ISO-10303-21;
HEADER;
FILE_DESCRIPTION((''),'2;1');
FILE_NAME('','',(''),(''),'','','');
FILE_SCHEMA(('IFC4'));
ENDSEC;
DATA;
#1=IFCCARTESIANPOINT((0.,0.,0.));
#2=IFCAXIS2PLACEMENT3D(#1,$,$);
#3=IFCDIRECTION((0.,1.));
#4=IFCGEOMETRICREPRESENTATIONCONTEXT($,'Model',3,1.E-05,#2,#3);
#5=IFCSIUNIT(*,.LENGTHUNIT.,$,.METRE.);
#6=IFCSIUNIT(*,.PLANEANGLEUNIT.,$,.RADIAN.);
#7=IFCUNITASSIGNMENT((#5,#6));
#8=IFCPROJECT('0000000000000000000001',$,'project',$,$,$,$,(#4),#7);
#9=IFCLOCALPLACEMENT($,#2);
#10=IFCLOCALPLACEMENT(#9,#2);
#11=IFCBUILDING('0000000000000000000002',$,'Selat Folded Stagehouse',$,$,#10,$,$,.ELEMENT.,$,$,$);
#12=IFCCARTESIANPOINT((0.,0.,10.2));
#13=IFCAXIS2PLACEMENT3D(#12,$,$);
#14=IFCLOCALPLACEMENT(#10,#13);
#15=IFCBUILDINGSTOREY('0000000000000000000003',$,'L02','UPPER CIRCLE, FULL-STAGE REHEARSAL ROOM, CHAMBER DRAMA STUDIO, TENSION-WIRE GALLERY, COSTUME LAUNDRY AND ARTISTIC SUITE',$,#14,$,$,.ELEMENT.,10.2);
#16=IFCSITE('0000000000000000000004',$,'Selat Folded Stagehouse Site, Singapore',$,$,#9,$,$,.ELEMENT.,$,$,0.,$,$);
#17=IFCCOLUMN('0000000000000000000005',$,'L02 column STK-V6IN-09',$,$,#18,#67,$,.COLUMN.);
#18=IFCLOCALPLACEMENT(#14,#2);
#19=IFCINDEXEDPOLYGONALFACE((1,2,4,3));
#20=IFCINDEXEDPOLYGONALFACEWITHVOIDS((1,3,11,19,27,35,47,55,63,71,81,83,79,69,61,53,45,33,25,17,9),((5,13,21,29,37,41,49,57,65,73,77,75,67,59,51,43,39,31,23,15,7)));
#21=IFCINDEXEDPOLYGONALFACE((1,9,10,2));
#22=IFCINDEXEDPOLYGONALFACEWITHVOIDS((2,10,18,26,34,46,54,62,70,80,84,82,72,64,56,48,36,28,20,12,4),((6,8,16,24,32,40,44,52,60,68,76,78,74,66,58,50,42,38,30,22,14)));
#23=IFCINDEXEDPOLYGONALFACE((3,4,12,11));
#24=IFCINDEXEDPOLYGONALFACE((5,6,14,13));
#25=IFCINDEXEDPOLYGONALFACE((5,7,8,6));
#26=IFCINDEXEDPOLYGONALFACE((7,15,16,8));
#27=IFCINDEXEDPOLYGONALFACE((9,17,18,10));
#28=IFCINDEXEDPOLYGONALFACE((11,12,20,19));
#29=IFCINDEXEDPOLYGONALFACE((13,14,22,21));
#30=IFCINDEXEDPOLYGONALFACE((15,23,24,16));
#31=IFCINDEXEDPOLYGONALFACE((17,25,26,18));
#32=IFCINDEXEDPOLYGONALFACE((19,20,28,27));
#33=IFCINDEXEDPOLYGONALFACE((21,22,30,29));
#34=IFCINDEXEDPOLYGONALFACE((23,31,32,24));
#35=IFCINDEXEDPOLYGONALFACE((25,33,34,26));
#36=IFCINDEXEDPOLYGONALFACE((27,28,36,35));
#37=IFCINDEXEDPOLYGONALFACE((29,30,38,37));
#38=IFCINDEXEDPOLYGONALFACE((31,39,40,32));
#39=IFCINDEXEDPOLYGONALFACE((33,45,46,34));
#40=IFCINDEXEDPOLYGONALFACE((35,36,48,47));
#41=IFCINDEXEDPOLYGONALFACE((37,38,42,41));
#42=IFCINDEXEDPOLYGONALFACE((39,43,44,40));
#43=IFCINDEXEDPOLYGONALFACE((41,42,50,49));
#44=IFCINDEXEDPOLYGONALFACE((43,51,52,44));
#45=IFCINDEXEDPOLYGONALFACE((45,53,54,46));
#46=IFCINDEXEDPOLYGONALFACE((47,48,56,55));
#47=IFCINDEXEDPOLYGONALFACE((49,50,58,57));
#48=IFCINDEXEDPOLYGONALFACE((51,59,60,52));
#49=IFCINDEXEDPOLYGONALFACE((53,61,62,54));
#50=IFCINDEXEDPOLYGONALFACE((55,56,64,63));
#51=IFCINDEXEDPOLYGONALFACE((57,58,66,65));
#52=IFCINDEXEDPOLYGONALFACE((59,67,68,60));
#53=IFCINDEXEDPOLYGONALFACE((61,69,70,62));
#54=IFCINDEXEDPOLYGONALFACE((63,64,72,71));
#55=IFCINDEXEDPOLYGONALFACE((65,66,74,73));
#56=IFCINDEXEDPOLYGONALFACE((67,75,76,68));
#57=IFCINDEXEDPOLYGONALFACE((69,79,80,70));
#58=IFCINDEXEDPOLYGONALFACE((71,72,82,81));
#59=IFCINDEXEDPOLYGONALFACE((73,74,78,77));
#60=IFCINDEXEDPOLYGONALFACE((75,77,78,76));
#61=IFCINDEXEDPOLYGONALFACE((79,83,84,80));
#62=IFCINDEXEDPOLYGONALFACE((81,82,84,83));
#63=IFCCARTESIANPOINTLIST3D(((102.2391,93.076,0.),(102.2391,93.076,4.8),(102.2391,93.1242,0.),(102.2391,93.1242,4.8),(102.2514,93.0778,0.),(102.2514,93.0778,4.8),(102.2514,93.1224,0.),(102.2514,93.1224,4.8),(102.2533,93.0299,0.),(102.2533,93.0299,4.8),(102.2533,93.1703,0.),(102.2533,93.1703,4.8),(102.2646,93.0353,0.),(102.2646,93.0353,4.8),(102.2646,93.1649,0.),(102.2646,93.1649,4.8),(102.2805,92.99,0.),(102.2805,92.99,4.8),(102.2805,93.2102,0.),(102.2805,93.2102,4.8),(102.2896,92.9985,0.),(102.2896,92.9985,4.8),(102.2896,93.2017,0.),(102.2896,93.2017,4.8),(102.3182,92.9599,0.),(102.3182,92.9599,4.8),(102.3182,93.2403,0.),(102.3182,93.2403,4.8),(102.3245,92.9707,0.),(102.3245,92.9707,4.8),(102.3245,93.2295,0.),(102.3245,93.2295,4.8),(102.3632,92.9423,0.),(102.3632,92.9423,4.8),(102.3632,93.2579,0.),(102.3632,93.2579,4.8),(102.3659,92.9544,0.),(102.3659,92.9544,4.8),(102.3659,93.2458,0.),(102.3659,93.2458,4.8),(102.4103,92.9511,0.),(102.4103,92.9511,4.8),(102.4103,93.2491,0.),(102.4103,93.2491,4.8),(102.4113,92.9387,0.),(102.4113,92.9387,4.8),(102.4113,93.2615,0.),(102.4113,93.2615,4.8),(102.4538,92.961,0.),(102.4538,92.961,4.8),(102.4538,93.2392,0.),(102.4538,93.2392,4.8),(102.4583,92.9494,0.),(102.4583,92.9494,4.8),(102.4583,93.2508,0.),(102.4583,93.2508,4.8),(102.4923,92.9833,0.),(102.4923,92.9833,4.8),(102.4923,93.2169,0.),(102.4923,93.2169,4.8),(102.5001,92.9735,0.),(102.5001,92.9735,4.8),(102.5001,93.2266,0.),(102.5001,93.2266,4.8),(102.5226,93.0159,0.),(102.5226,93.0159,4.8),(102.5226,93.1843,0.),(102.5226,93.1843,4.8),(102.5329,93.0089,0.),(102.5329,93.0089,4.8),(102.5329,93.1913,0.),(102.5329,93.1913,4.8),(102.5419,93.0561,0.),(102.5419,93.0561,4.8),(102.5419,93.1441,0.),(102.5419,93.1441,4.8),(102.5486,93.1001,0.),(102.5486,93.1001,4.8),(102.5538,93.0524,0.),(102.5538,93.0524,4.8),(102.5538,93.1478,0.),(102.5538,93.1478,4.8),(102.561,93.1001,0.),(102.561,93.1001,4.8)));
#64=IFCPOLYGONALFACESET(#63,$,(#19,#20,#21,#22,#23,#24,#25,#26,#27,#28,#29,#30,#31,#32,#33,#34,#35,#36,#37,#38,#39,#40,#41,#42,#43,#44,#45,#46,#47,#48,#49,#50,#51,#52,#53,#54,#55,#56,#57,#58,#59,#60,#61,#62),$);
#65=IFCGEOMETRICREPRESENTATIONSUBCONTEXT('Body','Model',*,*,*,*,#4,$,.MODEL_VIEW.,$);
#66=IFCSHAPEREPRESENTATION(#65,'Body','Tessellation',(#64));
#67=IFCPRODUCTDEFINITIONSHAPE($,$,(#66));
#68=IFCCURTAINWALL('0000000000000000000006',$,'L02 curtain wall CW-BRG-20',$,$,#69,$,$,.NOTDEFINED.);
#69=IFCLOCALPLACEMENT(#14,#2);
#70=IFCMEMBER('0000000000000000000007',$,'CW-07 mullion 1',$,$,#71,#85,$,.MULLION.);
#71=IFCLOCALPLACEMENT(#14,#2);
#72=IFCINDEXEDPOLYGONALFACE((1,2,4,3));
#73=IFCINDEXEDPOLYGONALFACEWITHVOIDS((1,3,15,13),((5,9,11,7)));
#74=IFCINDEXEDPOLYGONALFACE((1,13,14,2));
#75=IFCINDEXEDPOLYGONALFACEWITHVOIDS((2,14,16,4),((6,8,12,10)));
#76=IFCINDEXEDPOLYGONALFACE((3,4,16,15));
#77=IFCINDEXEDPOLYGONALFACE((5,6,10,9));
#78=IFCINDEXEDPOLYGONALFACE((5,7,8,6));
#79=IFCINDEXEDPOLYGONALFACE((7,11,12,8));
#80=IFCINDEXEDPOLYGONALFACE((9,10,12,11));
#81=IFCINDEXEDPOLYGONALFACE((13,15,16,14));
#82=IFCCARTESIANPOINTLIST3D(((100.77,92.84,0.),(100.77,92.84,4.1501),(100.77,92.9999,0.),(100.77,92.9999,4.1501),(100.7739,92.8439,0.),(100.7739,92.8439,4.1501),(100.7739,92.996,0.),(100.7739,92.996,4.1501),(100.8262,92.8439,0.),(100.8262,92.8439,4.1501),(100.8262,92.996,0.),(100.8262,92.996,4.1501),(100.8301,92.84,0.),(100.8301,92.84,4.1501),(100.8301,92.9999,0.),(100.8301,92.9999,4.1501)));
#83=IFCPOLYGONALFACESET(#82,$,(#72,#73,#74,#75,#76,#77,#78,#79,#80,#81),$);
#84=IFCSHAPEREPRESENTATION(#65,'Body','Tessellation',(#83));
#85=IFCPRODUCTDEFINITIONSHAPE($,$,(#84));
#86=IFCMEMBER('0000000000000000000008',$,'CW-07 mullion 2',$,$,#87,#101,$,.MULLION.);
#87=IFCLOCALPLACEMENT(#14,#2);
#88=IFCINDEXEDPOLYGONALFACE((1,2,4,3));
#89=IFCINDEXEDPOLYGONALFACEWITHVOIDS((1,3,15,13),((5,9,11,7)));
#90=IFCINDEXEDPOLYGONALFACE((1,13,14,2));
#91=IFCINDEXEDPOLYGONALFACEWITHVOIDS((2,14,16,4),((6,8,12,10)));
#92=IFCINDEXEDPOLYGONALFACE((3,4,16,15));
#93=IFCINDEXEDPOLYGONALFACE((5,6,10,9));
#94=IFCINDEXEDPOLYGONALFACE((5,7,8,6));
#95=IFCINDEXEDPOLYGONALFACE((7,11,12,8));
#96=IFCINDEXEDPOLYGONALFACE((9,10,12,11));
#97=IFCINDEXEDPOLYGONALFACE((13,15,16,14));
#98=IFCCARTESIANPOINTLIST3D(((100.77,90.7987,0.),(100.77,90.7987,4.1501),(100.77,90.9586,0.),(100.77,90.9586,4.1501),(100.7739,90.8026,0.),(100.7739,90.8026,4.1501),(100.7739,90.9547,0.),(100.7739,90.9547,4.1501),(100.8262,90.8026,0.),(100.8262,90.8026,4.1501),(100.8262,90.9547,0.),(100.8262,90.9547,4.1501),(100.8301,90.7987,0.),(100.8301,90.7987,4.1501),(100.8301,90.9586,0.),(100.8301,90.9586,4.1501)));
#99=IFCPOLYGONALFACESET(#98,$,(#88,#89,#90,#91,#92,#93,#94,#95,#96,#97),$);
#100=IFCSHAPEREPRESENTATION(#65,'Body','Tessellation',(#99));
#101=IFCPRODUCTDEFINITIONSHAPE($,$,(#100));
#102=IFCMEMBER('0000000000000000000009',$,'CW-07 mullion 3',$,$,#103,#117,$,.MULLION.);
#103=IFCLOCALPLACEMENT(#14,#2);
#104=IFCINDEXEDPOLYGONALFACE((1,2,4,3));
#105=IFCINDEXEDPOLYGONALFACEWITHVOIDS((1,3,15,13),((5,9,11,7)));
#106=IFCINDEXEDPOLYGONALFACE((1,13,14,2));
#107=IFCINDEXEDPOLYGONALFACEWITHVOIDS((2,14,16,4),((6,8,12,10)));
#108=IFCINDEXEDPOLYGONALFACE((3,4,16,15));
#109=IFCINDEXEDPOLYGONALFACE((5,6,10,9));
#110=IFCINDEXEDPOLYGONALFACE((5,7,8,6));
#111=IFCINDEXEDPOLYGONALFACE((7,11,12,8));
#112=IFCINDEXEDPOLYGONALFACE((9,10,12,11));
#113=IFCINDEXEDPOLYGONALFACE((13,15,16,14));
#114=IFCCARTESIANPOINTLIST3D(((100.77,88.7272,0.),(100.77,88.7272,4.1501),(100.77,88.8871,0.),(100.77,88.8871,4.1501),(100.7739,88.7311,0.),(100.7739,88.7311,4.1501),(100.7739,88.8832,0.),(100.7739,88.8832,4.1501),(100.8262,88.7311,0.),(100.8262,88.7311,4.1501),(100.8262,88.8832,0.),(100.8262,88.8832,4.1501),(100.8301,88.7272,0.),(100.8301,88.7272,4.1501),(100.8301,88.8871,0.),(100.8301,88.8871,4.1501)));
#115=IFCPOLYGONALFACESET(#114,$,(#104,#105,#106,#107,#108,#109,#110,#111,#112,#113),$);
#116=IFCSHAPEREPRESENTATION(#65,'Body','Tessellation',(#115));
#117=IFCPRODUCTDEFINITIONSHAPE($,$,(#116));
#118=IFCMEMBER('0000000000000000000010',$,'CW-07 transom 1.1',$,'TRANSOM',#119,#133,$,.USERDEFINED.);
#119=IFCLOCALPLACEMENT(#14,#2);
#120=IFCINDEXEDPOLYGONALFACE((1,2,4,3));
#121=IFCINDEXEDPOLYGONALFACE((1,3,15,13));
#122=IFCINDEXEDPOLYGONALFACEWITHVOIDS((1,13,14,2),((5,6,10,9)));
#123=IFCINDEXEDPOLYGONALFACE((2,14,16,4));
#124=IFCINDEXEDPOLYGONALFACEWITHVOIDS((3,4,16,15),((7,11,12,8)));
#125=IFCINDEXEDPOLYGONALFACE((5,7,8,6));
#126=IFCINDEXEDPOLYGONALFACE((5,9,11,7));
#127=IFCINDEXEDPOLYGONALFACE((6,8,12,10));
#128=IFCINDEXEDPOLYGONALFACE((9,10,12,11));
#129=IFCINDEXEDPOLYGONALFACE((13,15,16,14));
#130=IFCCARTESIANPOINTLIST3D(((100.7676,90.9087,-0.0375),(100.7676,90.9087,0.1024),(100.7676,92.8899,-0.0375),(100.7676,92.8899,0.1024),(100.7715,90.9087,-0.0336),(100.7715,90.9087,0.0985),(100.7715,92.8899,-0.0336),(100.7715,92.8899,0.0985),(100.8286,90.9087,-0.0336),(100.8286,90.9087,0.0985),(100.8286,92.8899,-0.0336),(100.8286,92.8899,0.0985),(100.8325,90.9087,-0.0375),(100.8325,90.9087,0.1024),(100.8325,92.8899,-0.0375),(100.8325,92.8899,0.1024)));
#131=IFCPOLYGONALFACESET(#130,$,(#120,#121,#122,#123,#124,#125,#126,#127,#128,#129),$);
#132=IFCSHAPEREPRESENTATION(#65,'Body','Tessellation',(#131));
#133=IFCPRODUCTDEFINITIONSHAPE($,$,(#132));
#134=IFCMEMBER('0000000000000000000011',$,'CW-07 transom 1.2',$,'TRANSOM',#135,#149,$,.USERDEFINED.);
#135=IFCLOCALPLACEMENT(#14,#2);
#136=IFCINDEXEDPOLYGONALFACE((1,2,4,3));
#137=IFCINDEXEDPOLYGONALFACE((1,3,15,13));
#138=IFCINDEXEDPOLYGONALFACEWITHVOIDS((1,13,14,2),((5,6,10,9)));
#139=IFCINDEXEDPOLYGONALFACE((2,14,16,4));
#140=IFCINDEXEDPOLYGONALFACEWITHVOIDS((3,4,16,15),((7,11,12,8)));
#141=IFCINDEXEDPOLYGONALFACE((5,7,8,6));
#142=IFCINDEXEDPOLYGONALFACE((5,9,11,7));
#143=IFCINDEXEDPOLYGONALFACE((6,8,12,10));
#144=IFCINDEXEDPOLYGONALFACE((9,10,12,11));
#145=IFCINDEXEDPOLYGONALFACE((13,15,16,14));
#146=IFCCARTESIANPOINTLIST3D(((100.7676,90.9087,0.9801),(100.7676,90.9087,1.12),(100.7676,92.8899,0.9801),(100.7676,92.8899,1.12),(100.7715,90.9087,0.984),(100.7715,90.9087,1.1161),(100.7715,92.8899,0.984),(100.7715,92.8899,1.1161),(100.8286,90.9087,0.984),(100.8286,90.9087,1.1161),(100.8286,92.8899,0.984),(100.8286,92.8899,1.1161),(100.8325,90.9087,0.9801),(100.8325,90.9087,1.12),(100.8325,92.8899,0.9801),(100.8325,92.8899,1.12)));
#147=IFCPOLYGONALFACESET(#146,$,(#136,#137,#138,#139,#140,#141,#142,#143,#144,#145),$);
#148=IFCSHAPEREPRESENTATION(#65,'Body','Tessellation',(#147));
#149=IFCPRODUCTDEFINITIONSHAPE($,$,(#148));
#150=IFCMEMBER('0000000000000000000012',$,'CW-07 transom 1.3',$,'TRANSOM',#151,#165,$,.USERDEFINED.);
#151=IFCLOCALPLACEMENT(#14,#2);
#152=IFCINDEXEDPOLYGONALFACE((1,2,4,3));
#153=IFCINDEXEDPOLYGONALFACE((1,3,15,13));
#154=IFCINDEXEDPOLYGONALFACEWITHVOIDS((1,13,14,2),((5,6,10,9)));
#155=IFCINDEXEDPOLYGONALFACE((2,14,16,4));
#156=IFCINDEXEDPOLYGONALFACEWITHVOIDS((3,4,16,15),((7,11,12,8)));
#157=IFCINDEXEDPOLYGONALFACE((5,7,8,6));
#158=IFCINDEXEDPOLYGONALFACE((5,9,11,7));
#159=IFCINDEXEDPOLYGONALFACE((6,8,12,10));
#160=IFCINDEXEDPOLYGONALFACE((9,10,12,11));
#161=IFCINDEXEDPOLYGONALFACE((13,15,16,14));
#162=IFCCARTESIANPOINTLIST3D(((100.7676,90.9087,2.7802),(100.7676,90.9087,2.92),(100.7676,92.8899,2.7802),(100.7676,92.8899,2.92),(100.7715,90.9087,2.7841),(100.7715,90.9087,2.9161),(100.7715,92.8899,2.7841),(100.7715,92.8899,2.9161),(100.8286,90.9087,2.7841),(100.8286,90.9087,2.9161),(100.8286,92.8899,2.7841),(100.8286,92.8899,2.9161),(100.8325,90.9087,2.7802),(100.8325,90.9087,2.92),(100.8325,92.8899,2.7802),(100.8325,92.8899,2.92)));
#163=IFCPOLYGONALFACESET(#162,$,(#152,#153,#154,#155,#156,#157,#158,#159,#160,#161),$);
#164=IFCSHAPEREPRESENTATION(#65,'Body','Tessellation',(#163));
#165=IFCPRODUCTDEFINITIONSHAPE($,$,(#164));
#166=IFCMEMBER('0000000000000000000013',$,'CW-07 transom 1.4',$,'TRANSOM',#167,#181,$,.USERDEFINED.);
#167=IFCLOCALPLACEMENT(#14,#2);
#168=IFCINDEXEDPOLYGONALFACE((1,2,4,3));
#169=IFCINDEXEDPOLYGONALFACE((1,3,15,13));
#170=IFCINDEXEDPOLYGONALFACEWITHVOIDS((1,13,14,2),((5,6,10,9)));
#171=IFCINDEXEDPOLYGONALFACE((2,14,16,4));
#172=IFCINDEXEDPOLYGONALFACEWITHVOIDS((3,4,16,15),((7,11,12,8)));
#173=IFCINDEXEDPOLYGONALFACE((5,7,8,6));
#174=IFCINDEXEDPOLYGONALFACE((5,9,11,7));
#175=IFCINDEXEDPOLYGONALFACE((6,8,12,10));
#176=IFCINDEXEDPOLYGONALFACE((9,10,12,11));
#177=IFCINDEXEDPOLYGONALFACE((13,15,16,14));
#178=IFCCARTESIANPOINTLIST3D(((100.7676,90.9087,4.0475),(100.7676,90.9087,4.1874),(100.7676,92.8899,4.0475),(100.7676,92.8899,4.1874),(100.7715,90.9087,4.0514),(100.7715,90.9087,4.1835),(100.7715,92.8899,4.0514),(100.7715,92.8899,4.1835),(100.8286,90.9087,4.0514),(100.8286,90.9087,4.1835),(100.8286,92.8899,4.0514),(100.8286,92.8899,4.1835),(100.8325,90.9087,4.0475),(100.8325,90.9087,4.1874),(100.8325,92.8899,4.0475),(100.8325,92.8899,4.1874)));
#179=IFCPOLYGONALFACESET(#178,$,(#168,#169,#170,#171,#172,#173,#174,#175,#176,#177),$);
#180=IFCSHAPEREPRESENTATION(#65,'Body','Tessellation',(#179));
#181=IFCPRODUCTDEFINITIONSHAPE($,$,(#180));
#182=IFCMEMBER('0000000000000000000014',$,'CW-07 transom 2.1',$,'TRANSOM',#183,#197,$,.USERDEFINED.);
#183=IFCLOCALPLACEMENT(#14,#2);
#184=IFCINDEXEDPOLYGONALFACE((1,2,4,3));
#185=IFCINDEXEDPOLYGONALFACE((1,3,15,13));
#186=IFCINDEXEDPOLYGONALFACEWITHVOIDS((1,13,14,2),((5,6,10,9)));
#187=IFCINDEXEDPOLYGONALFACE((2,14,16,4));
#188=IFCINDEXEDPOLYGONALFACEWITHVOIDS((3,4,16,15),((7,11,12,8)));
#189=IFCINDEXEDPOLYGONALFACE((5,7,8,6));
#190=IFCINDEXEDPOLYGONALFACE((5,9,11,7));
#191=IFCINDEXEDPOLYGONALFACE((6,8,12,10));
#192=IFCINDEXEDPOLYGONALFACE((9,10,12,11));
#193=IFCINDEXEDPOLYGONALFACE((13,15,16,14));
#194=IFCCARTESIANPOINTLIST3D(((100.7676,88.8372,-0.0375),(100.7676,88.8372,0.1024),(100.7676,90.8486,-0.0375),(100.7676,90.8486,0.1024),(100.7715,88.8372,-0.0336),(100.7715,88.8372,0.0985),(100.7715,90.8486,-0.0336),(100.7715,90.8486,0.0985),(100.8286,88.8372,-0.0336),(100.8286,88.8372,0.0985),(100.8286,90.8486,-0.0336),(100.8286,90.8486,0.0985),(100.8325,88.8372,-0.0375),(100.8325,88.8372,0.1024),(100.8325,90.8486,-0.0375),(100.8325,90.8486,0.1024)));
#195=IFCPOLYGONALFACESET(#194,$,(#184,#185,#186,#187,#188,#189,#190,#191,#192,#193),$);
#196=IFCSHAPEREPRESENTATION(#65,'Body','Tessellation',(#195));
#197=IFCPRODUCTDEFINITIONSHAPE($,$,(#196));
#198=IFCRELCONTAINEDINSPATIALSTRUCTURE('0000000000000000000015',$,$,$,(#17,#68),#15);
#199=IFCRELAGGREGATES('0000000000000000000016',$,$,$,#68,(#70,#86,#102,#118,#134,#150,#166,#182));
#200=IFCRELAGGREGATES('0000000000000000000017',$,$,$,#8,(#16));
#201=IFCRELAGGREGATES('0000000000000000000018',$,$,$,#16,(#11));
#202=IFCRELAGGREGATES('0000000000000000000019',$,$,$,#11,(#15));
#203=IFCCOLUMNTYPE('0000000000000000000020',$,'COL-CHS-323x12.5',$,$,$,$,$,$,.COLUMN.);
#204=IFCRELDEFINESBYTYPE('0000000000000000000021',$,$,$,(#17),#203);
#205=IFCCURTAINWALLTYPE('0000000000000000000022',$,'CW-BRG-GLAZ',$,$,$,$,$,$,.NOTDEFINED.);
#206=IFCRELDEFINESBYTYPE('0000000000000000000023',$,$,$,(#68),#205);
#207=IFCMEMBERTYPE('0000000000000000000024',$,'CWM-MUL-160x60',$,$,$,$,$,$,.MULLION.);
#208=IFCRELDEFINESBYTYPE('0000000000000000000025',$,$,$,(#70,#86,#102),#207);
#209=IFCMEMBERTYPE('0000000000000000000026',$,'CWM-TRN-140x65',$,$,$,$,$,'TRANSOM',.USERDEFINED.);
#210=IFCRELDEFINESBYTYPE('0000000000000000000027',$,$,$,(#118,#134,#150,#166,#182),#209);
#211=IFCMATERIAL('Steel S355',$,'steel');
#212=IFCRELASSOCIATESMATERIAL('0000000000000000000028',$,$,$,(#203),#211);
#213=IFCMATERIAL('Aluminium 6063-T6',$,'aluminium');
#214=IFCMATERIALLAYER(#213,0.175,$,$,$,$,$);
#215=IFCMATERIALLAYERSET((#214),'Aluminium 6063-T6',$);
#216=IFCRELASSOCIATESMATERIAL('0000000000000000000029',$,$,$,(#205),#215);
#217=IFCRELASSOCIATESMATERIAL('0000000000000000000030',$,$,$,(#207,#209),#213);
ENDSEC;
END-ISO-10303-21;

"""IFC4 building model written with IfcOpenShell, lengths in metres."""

from ifc_helpers import new_model, si_unit, direction, frame, origin, origin_2d, place, context, subcontext, project, spatial, hollow_rectangle, hollow_circle, extrude, material, layer, layer_set, material_profile, profile_set, type_object, element, aggregate, save


model = new_model("IFC4")

# Units and contexts
model_context = context("Model", 3, precision=1e-05, world=origin(), true_north=direction((0.0, 1.0)))
body_context = subcontext(model_context, "Body", "Model", "MODEL_VIEW")
ifc_project = project(units=[si_unit("LENGTHUNIT", "METRE"), si_unit("PLANEANGLEUNIT", "RADIAN")], contexts=[model_context])

# Site, building, storey
site_placement = place(None, origin())
site = spatial("IfcSite", under=ifc_project, at=site_placement, Name="Selat Folded Stagehouse Site, Singapore", CompositionType="ELEMENT", RefElevation=0.0)
building_placement = place(site_placement, origin())
building = spatial("IfcBuilding", under=site, at=building_placement, Name="Selat Folded Stagehouse", CompositionType="ELEMENT")
storey_placement = place(building_placement, frame((0.0, 0.0, 10.2)))
storey = spatial("IfcBuildingStorey", under=building, at=storey_placement, Name="L02", Description="UPPER CIRCLE, FULL-STAGE REHEARSAL ROOM, CHAMBER DRAMA STUDIO, TENSION-WIRE GALLERY, COSTUME LAUNDRY AND ARTISTIC SUITE", CompositionType="ELEMENT", Elevation=10.2)

# Column
ifc_material_1 = material(Name="Steel S355", Category="steel")
ifc_material_profile_1 = material_profile(ifc_material_1, hollow_circle(Radius=0.1619, WallThickness=0.0125, at=origin_2d()), Name="CHS 323.9x12.5")
ifc_profile_set_1 = profile_set([ifc_material_profile_1], Name="Steel S355")
column_type = type_object("IfcColumnType", Name="COL-CHS-323x12.5", PredefinedType="COLUMN", material=ifc_profile_set_1)
column_placement = place(storey_placement, frame((102.3992, 93.1001, 0.0), z_axis=(0.0, 0.0, 1.0), x_axis=(1.0, 0.0, 0.0)))
element("IfcColumn", 1, at=column_placement, inside=storey, type_object=column_type, Name="L02 column STK-V6IN-09", PredefinedType="COLUMN", context=body_context, shape_type="SweptSolid", body=[
    extrude(hollow_circle(Radius=0.1619, WallThickness=0.0125, at=origin_2d()), origin(), (0.0, 0.0, 1.0), 4.8),
])

# Curtain wall, members
ifc_material_2 = material(Name="Aluminium 6063-T6", Category="aluminium")
ifc_layer_1 = layer(ifc_material_2, 0.175)
ifc_layer_set_1 = layer_set([ifc_layer_1], Name="Aluminium 6063-T6")
curtain_wall_type = type_object("IfcCurtainWallType", Name="CW-BRG-GLAZ", PredefinedType="NOTDEFINED", material=ifc_layer_set_1)
curtain_wall_placement = place(storey_placement, origin())
curtain_wall = element("IfcCurtainWall", 2, at=curtain_wall_placement, inside=storey, type_object=curtain_wall_type, Name="L02 curtain wall CW-BRG-20", PredefinedType="NOTDEFINED")
ifc_material_profile_2 = material_profile(ifc_material_2, hollow_rectangle(XDim=0.0601, YDim=0.1599, WallThickness=0.0039, at=origin_2d()), Name="ALU 160x60x4.0")
ifc_profile_set_2 = profile_set([ifc_material_profile_2], Name="Aluminium 6063-T6")
member_type_1 = type_object("IfcMemberType", Name="CWM-MUL-160x60", PredefinedType="MULLION", material=ifc_profile_set_2)
member_1_placement = place(storey_placement, frame((100.8, 92.9199, 0.0), z_axis=(0.0, 0.0, 1.0), x_axis=(1.0, 0.0, 0.0)))
member_1 = element("IfcMember", 3, at=member_1_placement, type_object=member_type_1, Name="CW-07 mullion 1", PredefinedType="MULLION", context=body_context, shape_type="SweptSolid", body=[
    extrude(hollow_rectangle(XDim=0.0601, YDim=0.1599, WallThickness=0.0039, at=origin_2d()), origin(), (0.0, 0.0, 1.0), 4.1501),
])
member_2_placement = place(storey_placement, frame((100.8, 90.8787, 0.0), z_axis=(0.0, 0.0, 1.0), x_axis=(1.0, 0.0, 0.0)))
member_2 = element("IfcMember", 4, at=member_2_placement, type_object=member_type_1, Name="CW-07 mullion 2", PredefinedType="MULLION", context=body_context, shape_type="SweptSolid", body=[
    extrude(hollow_rectangle(XDim=0.0601, YDim=0.1599, WallThickness=0.0039, at=origin_2d()), origin(), (0.0, 0.0, 1.0), 4.1501),
])
member_3_placement = place(storey_placement, frame((100.8, 88.8071, 0.0), z_axis=(0.0, 0.0, 1.0), x_axis=(1.0, 0.0, 0.0)))
member_3 = element("IfcMember", 5, at=member_3_placement, type_object=member_type_1, Name="CW-07 mullion 3", PredefinedType="MULLION", context=body_context, shape_type="SweptSolid", body=[
    extrude(hollow_rectangle(XDim=0.0601, YDim=0.1599, WallThickness=0.0039, at=origin_2d()), origin(), (0.0, 0.0, 1.0), 4.1501),
])
ifc_material_profile_3 = material_profile(ifc_material_2, hollow_rectangle(XDim=0.0649, YDim=0.1399, WallThickness=0.0039, at=origin_2d()), Name="ALU 140x65x4.0")
ifc_profile_set_3 = profile_set([ifc_material_profile_3], Name="Aluminium 6063-T6")
member_type_2 = type_object("IfcMemberType", Name="CWM-TRN-140x65", ElementType="TRANSOM", PredefinedType="USERDEFINED", material=ifc_profile_set_3)
member_4_placement = place(storey_placement, frame((100.8, 92.8899, 0.0325), z_axis=(0.0, -1.0, 0.0), x_axis=(1.0, 0.0, 0.0)))
member_4 = element("IfcMember", 6, at=member_4_placement, type_object=member_type_2, Name="CW-07 transom 1.1", ObjectType="TRANSOM", PredefinedType="USERDEFINED", context=body_context, shape_type="SweptSolid", body=[
    extrude(hollow_rectangle(XDim=0.0649, YDim=0.1399, WallThickness=0.0039, at=origin_2d()), origin(), (0.0, 0.0, 1.0), 1.9812),
])
member_5_placement = place(storey_placement, frame((100.8, 92.8899, 1.05), z_axis=(0.0, -1.0, 0.0), x_axis=(1.0, 0.0, 0.0)))
member_5 = element("IfcMember", 7, at=member_5_placement, type_object=member_type_2, Name="CW-07 transom 1.2", ObjectType="TRANSOM", PredefinedType="USERDEFINED", context=body_context, shape_type="SweptSolid", body=[
    extrude(hollow_rectangle(XDim=0.0649, YDim=0.1399, WallThickness=0.0039, at=origin_2d()), origin(), (0.0, 0.0, 1.0), 1.9812),
])
member_6_placement = place(storey_placement, frame((100.8, 92.8899, 2.8501), z_axis=(0.0, -1.0, 0.0), x_axis=(1.0, 0.0, 0.0)))
member_6 = element("IfcMember", 8, at=member_6_placement, type_object=member_type_2, Name="CW-07 transom 1.3", ObjectType="TRANSOM", PredefinedType="USERDEFINED", context=body_context, shape_type="SweptSolid", body=[
    extrude(hollow_rectangle(XDim=0.0649, YDim=0.1399, WallThickness=0.0039, at=origin_2d()), origin(), (0.0, 0.0, 1.0), 1.9812),
])
member_7_placement = place(storey_placement, frame((100.8, 92.8899, 4.1174), z_axis=(0.0, -1.0, 0.0), x_axis=(1.0, 0.0, 0.0)))
member_7 = element("IfcMember", 9, at=member_7_placement, type_object=member_type_2, Name="CW-07 transom 1.4", ObjectType="TRANSOM", PredefinedType="USERDEFINED", context=body_context, shape_type="SweptSolid", body=[
    extrude(hollow_rectangle(XDim=0.0649, YDim=0.1399, WallThickness=0.0039, at=origin_2d()), origin(), (0.0, 0.0, 1.0), 1.9812),
])
member_8_placement = place(storey_placement, frame((100.8, 90.8486, 0.0325), z_axis=(0.0, -1.0, 0.0), x_axis=(1.0, 0.0, 0.0)))
member_8 = element("IfcMember", 10, at=member_8_placement, type_object=member_type_2, Name="CW-07 transom 2.1", ObjectType="TRANSOM", PredefinedType="USERDEFINED", context=body_context, shape_type="SweptSolid", body=[
    extrude(hollow_rectangle(XDim=0.0649, YDim=0.1399, WallThickness=0.0039, at=origin_2d()), origin(), (0.0, 0.0, 1.0), 2.0115),
])
aggregate(curtain_wall, [member_1, member_2, member_3, member_4, member_5, member_6, member_7, member_8])

save(model, "model.ifc")
